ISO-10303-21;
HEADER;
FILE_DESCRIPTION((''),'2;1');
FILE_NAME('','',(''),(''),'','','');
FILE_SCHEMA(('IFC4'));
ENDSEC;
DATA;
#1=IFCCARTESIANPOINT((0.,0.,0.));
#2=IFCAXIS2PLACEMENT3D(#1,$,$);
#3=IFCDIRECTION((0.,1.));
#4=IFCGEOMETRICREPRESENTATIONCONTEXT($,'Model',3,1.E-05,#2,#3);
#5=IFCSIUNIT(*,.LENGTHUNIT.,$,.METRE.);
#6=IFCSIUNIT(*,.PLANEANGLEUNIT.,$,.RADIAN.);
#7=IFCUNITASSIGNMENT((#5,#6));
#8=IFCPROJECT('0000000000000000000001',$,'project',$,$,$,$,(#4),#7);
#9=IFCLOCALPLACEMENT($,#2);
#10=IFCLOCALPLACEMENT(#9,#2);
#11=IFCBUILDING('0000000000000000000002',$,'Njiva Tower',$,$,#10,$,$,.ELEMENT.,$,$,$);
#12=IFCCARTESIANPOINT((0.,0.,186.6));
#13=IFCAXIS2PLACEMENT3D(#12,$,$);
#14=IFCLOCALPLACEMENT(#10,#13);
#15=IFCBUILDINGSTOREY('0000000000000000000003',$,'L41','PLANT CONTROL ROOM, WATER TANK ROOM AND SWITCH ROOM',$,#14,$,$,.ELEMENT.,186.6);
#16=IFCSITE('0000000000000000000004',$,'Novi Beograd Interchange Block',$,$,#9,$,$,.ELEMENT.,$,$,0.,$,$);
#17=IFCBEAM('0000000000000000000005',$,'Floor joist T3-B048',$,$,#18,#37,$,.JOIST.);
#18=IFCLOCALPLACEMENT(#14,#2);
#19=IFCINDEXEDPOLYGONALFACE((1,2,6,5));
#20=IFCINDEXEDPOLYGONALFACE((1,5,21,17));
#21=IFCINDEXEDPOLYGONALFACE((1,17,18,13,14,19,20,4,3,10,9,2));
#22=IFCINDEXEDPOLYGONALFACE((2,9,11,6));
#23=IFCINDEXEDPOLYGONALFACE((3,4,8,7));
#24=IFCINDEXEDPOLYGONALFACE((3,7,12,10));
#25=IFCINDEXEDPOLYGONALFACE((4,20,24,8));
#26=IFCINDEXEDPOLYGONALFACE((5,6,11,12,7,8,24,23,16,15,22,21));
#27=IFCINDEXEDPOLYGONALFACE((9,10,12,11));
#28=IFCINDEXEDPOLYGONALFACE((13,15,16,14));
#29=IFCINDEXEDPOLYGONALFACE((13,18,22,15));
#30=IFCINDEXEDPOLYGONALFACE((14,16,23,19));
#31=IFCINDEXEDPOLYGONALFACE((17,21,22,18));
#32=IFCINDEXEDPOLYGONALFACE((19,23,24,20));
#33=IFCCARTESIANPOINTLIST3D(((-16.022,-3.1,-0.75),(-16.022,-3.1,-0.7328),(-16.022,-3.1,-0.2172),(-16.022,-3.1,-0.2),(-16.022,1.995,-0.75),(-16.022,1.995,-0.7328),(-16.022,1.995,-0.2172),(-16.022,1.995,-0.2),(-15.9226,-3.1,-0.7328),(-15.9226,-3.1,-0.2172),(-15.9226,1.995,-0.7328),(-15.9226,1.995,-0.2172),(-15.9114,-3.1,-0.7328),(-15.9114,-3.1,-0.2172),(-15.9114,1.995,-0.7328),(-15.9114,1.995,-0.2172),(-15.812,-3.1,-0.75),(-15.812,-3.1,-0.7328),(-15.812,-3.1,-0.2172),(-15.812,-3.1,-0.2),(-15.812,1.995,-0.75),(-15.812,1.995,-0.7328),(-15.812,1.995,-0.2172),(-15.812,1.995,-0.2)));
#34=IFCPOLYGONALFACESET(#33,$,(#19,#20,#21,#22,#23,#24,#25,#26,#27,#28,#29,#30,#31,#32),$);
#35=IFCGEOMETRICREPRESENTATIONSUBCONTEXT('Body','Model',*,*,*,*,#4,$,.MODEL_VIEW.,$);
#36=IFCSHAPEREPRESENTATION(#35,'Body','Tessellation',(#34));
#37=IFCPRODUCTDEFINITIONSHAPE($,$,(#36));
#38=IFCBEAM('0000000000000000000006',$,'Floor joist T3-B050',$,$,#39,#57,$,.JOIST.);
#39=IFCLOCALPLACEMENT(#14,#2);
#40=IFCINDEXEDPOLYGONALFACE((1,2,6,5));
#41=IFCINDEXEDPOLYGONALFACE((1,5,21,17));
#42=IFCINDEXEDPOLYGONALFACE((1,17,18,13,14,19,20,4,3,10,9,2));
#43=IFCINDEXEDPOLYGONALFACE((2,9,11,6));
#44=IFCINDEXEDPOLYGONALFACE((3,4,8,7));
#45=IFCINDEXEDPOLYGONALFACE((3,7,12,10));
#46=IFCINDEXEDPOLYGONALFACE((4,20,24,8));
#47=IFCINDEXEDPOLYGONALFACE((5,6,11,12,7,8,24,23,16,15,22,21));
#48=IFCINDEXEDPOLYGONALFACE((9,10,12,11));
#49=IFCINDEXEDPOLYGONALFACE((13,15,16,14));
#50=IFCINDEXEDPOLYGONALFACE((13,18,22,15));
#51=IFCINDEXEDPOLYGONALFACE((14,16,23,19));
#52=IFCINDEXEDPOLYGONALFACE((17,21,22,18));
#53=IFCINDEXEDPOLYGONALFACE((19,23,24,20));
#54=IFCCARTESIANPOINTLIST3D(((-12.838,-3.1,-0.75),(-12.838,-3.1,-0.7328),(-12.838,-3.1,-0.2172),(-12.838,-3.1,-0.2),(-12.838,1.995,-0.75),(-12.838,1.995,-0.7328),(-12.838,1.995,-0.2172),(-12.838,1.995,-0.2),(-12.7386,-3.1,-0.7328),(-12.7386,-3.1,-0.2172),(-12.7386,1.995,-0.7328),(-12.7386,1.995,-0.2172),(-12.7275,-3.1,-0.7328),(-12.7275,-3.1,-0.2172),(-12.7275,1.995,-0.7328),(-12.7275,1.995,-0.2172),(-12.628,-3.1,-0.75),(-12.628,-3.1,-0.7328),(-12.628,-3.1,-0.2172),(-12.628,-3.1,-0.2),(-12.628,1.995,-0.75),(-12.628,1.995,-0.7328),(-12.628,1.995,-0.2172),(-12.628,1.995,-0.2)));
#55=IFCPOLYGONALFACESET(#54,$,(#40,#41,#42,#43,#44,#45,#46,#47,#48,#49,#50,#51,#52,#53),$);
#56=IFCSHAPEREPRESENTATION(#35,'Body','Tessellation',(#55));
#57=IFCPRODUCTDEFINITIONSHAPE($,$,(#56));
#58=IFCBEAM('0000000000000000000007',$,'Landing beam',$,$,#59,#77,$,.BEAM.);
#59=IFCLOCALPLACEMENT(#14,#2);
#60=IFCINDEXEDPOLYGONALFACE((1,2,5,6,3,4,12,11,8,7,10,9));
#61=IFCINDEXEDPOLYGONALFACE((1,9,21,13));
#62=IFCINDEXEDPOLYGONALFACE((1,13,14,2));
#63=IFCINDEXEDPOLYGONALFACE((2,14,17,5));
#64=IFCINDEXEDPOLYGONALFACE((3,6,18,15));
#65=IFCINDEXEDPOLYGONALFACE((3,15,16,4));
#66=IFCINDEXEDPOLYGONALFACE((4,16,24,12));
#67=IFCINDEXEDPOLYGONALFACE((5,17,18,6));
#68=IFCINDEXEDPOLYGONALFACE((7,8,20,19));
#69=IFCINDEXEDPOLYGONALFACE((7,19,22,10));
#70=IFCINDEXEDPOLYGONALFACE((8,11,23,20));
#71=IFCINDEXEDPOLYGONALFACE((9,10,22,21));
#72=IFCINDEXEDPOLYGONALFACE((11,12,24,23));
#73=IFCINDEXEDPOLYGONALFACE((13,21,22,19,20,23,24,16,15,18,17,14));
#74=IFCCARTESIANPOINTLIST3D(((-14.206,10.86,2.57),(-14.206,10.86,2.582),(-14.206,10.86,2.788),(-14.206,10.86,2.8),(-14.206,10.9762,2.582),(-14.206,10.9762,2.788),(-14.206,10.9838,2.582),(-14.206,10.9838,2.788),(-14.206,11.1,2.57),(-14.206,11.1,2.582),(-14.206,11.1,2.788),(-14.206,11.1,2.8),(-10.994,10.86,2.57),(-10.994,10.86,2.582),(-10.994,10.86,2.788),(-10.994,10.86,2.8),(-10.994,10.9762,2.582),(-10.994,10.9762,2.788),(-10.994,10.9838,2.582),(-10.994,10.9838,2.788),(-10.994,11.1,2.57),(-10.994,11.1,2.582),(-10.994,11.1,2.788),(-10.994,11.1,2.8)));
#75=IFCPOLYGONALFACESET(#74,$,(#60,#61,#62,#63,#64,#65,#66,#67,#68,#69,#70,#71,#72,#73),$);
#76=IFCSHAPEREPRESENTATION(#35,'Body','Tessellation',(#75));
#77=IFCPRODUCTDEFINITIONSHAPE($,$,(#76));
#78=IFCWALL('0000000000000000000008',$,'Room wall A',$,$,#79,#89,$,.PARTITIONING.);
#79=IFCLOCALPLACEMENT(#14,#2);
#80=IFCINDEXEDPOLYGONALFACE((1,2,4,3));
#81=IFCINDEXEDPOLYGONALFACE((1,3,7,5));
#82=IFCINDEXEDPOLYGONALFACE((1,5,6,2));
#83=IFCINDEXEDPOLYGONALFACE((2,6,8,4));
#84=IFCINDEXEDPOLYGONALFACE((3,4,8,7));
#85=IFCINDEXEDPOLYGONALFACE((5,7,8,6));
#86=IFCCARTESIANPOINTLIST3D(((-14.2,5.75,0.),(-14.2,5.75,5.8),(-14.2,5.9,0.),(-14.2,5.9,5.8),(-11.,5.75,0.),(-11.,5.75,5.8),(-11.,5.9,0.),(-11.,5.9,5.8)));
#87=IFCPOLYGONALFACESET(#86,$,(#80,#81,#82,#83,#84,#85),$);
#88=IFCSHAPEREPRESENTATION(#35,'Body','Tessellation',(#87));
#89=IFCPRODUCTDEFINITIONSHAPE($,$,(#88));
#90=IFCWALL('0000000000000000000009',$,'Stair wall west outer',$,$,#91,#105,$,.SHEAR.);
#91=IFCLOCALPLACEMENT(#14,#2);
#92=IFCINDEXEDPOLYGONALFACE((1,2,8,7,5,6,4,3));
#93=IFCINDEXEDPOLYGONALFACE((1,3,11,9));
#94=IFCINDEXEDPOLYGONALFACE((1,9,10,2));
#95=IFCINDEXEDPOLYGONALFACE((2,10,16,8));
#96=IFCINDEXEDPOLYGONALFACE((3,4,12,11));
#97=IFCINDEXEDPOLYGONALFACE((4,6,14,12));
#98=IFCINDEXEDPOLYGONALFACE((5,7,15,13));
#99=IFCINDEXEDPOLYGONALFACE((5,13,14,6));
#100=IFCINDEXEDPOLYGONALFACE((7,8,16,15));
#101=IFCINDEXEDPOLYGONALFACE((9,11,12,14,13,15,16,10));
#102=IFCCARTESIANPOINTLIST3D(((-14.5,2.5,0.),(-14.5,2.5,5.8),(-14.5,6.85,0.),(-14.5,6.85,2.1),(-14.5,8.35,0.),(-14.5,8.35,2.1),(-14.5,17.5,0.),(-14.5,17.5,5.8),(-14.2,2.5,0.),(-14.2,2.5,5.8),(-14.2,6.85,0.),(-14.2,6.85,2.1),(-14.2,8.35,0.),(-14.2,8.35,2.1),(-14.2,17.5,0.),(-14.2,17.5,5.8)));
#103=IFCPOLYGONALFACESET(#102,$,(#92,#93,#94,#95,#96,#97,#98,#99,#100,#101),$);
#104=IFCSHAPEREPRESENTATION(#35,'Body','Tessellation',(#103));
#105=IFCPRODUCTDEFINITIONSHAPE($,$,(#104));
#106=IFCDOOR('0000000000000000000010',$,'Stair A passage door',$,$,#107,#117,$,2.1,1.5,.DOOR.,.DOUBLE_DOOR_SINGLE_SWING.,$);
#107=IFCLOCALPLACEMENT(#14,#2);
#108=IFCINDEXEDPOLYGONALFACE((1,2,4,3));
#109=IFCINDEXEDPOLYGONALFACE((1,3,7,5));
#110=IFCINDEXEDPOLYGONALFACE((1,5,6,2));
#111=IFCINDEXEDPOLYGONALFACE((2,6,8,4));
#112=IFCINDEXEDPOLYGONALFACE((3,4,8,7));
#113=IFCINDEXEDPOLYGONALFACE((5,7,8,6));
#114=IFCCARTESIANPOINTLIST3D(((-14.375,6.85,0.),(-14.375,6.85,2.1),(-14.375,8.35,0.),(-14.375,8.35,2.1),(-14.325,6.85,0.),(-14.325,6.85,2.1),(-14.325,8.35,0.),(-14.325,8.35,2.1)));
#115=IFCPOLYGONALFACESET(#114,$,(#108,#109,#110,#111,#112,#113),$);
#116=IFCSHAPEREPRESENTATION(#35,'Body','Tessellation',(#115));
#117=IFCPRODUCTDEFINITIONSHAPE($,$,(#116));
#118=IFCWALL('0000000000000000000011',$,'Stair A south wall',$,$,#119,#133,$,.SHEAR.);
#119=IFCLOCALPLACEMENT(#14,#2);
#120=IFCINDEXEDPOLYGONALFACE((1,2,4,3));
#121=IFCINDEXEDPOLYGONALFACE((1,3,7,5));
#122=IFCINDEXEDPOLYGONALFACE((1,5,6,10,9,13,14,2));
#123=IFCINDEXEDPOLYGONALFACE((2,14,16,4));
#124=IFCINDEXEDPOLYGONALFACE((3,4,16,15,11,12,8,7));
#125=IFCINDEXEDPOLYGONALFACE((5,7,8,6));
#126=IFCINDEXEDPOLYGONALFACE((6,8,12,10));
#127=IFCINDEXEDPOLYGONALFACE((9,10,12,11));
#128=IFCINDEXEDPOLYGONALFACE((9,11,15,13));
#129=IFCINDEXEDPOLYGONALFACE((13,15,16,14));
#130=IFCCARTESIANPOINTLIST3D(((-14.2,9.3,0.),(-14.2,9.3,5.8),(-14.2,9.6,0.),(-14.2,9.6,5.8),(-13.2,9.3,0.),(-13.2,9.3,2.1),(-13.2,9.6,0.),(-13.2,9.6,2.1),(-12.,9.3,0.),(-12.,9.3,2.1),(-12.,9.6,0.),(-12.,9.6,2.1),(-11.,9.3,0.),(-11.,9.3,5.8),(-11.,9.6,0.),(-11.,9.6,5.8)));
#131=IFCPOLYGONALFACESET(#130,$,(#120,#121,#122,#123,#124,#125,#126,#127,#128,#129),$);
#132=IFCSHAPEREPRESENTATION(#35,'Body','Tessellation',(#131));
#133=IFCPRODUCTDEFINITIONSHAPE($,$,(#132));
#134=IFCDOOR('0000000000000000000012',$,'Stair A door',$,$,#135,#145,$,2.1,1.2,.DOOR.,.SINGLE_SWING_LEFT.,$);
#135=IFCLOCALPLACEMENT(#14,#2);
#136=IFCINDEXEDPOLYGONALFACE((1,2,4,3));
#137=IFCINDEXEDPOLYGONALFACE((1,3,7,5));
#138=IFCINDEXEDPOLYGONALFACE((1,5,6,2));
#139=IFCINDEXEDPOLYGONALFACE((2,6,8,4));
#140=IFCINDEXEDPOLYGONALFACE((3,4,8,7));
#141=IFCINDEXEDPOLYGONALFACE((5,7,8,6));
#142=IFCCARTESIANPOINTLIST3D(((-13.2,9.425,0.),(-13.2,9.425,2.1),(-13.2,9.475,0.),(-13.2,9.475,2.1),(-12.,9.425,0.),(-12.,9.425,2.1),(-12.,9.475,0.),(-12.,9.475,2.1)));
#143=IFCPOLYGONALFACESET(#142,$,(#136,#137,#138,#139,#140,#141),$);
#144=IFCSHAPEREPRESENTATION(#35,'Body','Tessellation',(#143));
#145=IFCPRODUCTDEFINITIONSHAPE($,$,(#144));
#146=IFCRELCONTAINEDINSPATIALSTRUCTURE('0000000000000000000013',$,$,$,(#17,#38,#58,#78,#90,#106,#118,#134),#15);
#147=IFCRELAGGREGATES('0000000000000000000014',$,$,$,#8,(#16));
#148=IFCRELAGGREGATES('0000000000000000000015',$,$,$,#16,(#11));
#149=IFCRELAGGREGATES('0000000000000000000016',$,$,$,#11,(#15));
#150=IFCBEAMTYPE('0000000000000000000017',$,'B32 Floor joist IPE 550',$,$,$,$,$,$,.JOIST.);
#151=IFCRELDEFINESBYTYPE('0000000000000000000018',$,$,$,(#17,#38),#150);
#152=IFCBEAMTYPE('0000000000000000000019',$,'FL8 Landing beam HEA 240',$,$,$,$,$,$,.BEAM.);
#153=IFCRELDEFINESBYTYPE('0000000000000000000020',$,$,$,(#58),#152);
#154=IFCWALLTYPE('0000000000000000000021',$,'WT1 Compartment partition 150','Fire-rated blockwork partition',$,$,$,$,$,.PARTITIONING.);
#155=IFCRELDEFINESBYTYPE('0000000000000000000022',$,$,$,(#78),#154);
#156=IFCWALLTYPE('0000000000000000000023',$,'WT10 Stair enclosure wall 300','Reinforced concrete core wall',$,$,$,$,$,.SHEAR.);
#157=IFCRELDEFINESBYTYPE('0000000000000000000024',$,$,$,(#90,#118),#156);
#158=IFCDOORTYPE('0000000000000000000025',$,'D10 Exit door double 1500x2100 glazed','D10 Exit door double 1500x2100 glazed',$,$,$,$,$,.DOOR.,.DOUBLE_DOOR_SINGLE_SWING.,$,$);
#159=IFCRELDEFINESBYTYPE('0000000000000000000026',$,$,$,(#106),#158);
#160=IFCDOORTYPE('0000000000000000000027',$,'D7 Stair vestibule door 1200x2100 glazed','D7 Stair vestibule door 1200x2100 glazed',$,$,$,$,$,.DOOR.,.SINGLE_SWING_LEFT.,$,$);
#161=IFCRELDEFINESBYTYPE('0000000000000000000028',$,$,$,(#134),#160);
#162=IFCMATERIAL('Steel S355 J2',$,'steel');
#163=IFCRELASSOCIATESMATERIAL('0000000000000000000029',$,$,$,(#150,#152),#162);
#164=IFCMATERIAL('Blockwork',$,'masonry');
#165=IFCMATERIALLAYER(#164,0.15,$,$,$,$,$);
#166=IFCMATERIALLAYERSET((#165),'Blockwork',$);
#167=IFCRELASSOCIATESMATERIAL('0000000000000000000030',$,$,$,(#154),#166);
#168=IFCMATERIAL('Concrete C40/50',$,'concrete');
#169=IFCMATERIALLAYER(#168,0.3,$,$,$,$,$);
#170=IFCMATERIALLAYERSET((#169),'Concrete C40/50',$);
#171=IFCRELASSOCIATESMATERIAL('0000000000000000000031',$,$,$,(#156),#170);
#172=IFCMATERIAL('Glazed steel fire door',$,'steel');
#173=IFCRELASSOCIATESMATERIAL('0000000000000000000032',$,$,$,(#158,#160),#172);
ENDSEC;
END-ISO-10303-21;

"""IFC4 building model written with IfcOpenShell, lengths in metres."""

from ifc_helpers import new_model, si_unit, direction, frame, frame_2d, origin, origin_2d, place, context, subcontext, project, spatial, rectangle, i_section, extrude, material, layer, layer_set, material_profile, profile_set, type_object, element, fill, save


model = new_model("IFC4")

# Units and contexts
model_context = context("Model", 3, precision=1e-05, world=origin(), true_north=direction((0.0, 1.0)))
body_context = subcontext(model_context, "Body", "Model", "MODEL_VIEW")
ifc_project = project(units=[si_unit("LENGTHUNIT", "METRE"), si_unit("PLANEANGLEUNIT", "RADIAN")], contexts=[model_context])

# Site, building, storey
site_placement = place(None, origin())
site = spatial("IfcSite", under=ifc_project, at=site_placement, Name="Novi Beograd Interchange Block", CompositionType="ELEMENT", RefElevation=0.0)
building_placement = place(site_placement, origin())
building = spatial("IfcBuilding", under=site, at=building_placement, Name="Njiva Tower", CompositionType="ELEMENT")
storey_placement = place(building_placement, frame((0.0, 0.0, 186.6)))
storey = spatial("IfcBuildingStorey", under=building, at=storey_placement, Name="L41", Description="PLANT CONTROL ROOM, WATER TANK ROOM AND SWITCH ROOM", CompositionType="ELEMENT", Elevation=186.6)

# Beams
ifc_material_1 = material(Name="Steel S355 J2", Category="steel")
ifc_material_profile_1 = material_profile(ifc_material_1, i_section(OverallWidth=0.21, OverallDepth=0.55, WebThickness=0.0111, FlangeThickness=0.0172, at=origin_2d()), Name="IPE 550")
ifc_profile_set_1 = profile_set([ifc_material_profile_1], Name="Steel S355 J2")
beam_type_1 = type_object("IfcBeamType", Name="B32 Floor joist IPE 550", PredefinedType="JOIST", material=ifc_profile_set_1)
for number, where, z_axis, x_axis, name in (
    (1, (-15.917, 1.995, -0.475), (0.0, -1.0, 0.0), (1.0, 0.0, 0.0), "Floor joist T3-B048"),
    (2, (-12.733, 1.995, -0.475), (0.0, -1.0, 0.0), (1.0, 0.0, 0.0), "Floor joist T3-B050"),
):
    element("IfcBeam", number, at=place(storey_placement, frame(where, z_axis=z_axis, x_axis=x_axis)), inside=storey, type_object=beam_type_1, Name=name, PredefinedType="JOIST", context=body_context, shape_type="SweptSolid", body=[
        extrude(i_section(OverallWidth=0.21, OverallDepth=0.55, WebThickness=0.0111, FlangeThickness=0.0172, at=origin_2d()), origin(), (0.0, 0.0, 1.0), 5.095),
    ])
ifc_material_profile_2 = material_profile(ifc_material_1, i_section(OverallWidth=0.24, OverallDepth=0.23, WebThickness=0.0075, FlangeThickness=0.012, at=origin_2d()), Name="HEA240")
ifc_profile_set_2 = profile_set([ifc_material_profile_2], Name="Steel S355 J2")
beam_type_2 = type_object("IfcBeamType", Name="FL8 Landing beam HEA 240", PredefinedType="BEAM", material=ifc_profile_set_2)
beam_placement = place(storey_placement, frame((-14.206, 10.98, 2.685), z_axis=(1.0, 0.0, 0.0), x_axis=(0.0, 1.0, 0.0)))
element("IfcBeam", 3, at=beam_placement, inside=storey, type_object=beam_type_2, Name="Landing beam", PredefinedType="BEAM", context=body_context, shape_type="SweptSolid", body=[
    extrude(i_section(OverallWidth=0.24, OverallDepth=0.23, WebThickness=0.0075, FlangeThickness=0.012, at=origin_2d()), origin(), (0.0, 0.0, 1.0), 3.212),
])

# Wall
ifc_material_2 = material(Name="Blockwork", Category="masonry")
ifc_layer_1 = layer(ifc_material_2, 0.15)
ifc_layer_set_1 = layer_set([ifc_layer_1], Name="Blockwork")
wall_type_1 = type_object("IfcWallType", Name="WT1 Compartment partition 150", Description="Fire-rated blockwork partition", PredefinedType="PARTITIONING", material=ifc_layer_set_1)
wall_1_placement = place(storey_placement, frame((-14.2, 5.825, 0.0), z_axis=(0.0, 0.0, 1.0), x_axis=(1.0, 0.0, 0.0)))
element("IfcWall", 4, at=wall_1_placement, inside=storey, type_object=wall_type_1, Name="Room wall A", PredefinedType="PARTITIONING", context=body_context, shape_type="SweptSolid", body=[
    extrude(rectangle(XDim=3.2, YDim=0.15, at=frame_2d((1.6, 0.0))), origin(), (0.0, 0.0, 1.0), 5.8),
])

# Walls, openings, doors
ifc_material_3 = material(Name="Concrete C40/50", Category="concrete")
ifc_layer_2 = layer(ifc_material_3, 0.3)
ifc_layer_set_2 = layer_set([ifc_layer_2], Name="Concrete C40/50")
wall_type_2 = type_object("IfcWallType", Name="WT10 Stair enclosure wall 300", Description="Reinforced concrete core wall", PredefinedType="SHEAR", material=ifc_layer_set_2)
wall_2_placement = place(storey_placement, frame((-14.35, 2.5, 0.0), z_axis=(0.0, 0.0, 1.0), x_axis=(0.0, 1.0, 0.0)))
wall_2 = element("IfcWall", 5, at=wall_2_placement, inside=storey, type_object=wall_type_2, Name="Stair wall west outer", PredefinedType="SHEAR", context=body_context, shape_type="SweptSolid", body=[
    extrude(rectangle(XDim=15.0, YDim=0.3, at=frame_2d((7.5, 0.0))), origin(), (0.0, 0.0, 1.0), 5.8),
])
opening_1_placement = place(wall_2_placement, frame((4.35, 0.0, 0.0)))
opening_1 = element("IfcOpeningElement", 6, at=opening_1_placement, cuts=wall_2, PredefinedType="OPENING", context=body_context, shape_type="SweptSolid", body=[
    extrude(rectangle(XDim=1.5, YDim=2.1, at=frame_2d((0.75, 1.05))), frame((0.0, 0.16, 0.0), z_axis=(0.0, -1.0, 0.0), x_axis=(1.0, 0.0, 0.0)), (0.0, 0.0, 1.0), 0.32),
])
ifc_material_4 = material(Name="Glazed steel fire door", Category="steel")
door_type_1 = type_object("IfcDoorType", Name="D10 Exit door double 1500x2100 glazed", Description="D10 Exit door double 1500x2100 glazed", OperationType="DOUBLE_DOOR_SINGLE_SWING", PredefinedType="DOOR", material=ifc_material_4)
door_1_placement = place(opening_1_placement, origin())
door_1 = element("IfcDoor", 7, at=door_1_placement, inside=storey, type_object=door_type_1, Name="Stair A passage door", OperationType="DOUBLE_DOOR_SINGLE_SWING", OverallHeight=2.1, OverallWidth=1.5, PredefinedType="DOOR", context=body_context, shape_type="SweptSolid", body=[
    extrude(rectangle(XDim=1.5, YDim=2.1, at=frame_2d((0.75, 1.05))), frame((0.0, 0.025, 0.0), z_axis=(0.0, -1.0, 0.0), x_axis=(1.0, 0.0, 0.0)), (0.0, 0.0, 1.0), 0.05),
])
fill(opening_1, door_1)
wall_3_placement = place(storey_placement, frame((-14.2, 9.45, 0.0), z_axis=(0.0, 0.0, 1.0), x_axis=(1.0, 0.0, 0.0)))
wall_3 = element("IfcWall", 8, at=wall_3_placement, inside=storey, type_object=wall_type_2, Name="Stair A south wall", PredefinedType="SHEAR", context=body_context, shape_type="SweptSolid", body=[
    extrude(rectangle(XDim=3.2, YDim=0.3, at=frame_2d((1.6, 0.0))), origin(), (0.0, 0.0, 1.0), 5.8),
])
opening_2_placement = place(wall_3_placement, frame((1.0, 0.0, 0.0)))
opening_2 = element("IfcOpeningElement", 9, at=opening_2_placement, cuts=wall_3, PredefinedType="OPENING", context=body_context, shape_type="SweptSolid", body=[
    extrude(rectangle(XDim=1.2, YDim=2.1, at=frame_2d((0.6, 1.05))), frame((0.0, 0.16, 0.0), z_axis=(0.0, -1.0, 0.0), x_axis=(1.0, 0.0, 0.0)), (0.0, 0.0, 1.0), 0.32),
])
door_type_2 = type_object("IfcDoorType", Name="D7 Stair vestibule door 1200x2100 glazed", Description="D7 Stair vestibule door 1200x2100 glazed", OperationType="SINGLE_SWING_LEFT", PredefinedType="DOOR", material=ifc_material_4)
door_2_placement = place(opening_2_placement, origin())
door_2 = element("IfcDoor", 10, at=door_2_placement, inside=storey, type_object=door_type_2, Name="Stair A door", OperationType="SINGLE_SWING_LEFT", OverallHeight=2.1, OverallWidth=1.2, PredefinedType="DOOR", context=body_context, shape_type="SweptSolid", body=[
    extrude(rectangle(XDim=1.2, YDim=2.1, at=frame_2d((0.6, 1.05))), frame((0.0, 0.025, 0.0), z_axis=(0.0, -1.0, 0.0), x_axis=(1.0, 0.0, 0.0)), (0.0, 0.0, 1.0), 0.05),
])
fill(opening_2, door_2)

save(model, "model.ifc")
